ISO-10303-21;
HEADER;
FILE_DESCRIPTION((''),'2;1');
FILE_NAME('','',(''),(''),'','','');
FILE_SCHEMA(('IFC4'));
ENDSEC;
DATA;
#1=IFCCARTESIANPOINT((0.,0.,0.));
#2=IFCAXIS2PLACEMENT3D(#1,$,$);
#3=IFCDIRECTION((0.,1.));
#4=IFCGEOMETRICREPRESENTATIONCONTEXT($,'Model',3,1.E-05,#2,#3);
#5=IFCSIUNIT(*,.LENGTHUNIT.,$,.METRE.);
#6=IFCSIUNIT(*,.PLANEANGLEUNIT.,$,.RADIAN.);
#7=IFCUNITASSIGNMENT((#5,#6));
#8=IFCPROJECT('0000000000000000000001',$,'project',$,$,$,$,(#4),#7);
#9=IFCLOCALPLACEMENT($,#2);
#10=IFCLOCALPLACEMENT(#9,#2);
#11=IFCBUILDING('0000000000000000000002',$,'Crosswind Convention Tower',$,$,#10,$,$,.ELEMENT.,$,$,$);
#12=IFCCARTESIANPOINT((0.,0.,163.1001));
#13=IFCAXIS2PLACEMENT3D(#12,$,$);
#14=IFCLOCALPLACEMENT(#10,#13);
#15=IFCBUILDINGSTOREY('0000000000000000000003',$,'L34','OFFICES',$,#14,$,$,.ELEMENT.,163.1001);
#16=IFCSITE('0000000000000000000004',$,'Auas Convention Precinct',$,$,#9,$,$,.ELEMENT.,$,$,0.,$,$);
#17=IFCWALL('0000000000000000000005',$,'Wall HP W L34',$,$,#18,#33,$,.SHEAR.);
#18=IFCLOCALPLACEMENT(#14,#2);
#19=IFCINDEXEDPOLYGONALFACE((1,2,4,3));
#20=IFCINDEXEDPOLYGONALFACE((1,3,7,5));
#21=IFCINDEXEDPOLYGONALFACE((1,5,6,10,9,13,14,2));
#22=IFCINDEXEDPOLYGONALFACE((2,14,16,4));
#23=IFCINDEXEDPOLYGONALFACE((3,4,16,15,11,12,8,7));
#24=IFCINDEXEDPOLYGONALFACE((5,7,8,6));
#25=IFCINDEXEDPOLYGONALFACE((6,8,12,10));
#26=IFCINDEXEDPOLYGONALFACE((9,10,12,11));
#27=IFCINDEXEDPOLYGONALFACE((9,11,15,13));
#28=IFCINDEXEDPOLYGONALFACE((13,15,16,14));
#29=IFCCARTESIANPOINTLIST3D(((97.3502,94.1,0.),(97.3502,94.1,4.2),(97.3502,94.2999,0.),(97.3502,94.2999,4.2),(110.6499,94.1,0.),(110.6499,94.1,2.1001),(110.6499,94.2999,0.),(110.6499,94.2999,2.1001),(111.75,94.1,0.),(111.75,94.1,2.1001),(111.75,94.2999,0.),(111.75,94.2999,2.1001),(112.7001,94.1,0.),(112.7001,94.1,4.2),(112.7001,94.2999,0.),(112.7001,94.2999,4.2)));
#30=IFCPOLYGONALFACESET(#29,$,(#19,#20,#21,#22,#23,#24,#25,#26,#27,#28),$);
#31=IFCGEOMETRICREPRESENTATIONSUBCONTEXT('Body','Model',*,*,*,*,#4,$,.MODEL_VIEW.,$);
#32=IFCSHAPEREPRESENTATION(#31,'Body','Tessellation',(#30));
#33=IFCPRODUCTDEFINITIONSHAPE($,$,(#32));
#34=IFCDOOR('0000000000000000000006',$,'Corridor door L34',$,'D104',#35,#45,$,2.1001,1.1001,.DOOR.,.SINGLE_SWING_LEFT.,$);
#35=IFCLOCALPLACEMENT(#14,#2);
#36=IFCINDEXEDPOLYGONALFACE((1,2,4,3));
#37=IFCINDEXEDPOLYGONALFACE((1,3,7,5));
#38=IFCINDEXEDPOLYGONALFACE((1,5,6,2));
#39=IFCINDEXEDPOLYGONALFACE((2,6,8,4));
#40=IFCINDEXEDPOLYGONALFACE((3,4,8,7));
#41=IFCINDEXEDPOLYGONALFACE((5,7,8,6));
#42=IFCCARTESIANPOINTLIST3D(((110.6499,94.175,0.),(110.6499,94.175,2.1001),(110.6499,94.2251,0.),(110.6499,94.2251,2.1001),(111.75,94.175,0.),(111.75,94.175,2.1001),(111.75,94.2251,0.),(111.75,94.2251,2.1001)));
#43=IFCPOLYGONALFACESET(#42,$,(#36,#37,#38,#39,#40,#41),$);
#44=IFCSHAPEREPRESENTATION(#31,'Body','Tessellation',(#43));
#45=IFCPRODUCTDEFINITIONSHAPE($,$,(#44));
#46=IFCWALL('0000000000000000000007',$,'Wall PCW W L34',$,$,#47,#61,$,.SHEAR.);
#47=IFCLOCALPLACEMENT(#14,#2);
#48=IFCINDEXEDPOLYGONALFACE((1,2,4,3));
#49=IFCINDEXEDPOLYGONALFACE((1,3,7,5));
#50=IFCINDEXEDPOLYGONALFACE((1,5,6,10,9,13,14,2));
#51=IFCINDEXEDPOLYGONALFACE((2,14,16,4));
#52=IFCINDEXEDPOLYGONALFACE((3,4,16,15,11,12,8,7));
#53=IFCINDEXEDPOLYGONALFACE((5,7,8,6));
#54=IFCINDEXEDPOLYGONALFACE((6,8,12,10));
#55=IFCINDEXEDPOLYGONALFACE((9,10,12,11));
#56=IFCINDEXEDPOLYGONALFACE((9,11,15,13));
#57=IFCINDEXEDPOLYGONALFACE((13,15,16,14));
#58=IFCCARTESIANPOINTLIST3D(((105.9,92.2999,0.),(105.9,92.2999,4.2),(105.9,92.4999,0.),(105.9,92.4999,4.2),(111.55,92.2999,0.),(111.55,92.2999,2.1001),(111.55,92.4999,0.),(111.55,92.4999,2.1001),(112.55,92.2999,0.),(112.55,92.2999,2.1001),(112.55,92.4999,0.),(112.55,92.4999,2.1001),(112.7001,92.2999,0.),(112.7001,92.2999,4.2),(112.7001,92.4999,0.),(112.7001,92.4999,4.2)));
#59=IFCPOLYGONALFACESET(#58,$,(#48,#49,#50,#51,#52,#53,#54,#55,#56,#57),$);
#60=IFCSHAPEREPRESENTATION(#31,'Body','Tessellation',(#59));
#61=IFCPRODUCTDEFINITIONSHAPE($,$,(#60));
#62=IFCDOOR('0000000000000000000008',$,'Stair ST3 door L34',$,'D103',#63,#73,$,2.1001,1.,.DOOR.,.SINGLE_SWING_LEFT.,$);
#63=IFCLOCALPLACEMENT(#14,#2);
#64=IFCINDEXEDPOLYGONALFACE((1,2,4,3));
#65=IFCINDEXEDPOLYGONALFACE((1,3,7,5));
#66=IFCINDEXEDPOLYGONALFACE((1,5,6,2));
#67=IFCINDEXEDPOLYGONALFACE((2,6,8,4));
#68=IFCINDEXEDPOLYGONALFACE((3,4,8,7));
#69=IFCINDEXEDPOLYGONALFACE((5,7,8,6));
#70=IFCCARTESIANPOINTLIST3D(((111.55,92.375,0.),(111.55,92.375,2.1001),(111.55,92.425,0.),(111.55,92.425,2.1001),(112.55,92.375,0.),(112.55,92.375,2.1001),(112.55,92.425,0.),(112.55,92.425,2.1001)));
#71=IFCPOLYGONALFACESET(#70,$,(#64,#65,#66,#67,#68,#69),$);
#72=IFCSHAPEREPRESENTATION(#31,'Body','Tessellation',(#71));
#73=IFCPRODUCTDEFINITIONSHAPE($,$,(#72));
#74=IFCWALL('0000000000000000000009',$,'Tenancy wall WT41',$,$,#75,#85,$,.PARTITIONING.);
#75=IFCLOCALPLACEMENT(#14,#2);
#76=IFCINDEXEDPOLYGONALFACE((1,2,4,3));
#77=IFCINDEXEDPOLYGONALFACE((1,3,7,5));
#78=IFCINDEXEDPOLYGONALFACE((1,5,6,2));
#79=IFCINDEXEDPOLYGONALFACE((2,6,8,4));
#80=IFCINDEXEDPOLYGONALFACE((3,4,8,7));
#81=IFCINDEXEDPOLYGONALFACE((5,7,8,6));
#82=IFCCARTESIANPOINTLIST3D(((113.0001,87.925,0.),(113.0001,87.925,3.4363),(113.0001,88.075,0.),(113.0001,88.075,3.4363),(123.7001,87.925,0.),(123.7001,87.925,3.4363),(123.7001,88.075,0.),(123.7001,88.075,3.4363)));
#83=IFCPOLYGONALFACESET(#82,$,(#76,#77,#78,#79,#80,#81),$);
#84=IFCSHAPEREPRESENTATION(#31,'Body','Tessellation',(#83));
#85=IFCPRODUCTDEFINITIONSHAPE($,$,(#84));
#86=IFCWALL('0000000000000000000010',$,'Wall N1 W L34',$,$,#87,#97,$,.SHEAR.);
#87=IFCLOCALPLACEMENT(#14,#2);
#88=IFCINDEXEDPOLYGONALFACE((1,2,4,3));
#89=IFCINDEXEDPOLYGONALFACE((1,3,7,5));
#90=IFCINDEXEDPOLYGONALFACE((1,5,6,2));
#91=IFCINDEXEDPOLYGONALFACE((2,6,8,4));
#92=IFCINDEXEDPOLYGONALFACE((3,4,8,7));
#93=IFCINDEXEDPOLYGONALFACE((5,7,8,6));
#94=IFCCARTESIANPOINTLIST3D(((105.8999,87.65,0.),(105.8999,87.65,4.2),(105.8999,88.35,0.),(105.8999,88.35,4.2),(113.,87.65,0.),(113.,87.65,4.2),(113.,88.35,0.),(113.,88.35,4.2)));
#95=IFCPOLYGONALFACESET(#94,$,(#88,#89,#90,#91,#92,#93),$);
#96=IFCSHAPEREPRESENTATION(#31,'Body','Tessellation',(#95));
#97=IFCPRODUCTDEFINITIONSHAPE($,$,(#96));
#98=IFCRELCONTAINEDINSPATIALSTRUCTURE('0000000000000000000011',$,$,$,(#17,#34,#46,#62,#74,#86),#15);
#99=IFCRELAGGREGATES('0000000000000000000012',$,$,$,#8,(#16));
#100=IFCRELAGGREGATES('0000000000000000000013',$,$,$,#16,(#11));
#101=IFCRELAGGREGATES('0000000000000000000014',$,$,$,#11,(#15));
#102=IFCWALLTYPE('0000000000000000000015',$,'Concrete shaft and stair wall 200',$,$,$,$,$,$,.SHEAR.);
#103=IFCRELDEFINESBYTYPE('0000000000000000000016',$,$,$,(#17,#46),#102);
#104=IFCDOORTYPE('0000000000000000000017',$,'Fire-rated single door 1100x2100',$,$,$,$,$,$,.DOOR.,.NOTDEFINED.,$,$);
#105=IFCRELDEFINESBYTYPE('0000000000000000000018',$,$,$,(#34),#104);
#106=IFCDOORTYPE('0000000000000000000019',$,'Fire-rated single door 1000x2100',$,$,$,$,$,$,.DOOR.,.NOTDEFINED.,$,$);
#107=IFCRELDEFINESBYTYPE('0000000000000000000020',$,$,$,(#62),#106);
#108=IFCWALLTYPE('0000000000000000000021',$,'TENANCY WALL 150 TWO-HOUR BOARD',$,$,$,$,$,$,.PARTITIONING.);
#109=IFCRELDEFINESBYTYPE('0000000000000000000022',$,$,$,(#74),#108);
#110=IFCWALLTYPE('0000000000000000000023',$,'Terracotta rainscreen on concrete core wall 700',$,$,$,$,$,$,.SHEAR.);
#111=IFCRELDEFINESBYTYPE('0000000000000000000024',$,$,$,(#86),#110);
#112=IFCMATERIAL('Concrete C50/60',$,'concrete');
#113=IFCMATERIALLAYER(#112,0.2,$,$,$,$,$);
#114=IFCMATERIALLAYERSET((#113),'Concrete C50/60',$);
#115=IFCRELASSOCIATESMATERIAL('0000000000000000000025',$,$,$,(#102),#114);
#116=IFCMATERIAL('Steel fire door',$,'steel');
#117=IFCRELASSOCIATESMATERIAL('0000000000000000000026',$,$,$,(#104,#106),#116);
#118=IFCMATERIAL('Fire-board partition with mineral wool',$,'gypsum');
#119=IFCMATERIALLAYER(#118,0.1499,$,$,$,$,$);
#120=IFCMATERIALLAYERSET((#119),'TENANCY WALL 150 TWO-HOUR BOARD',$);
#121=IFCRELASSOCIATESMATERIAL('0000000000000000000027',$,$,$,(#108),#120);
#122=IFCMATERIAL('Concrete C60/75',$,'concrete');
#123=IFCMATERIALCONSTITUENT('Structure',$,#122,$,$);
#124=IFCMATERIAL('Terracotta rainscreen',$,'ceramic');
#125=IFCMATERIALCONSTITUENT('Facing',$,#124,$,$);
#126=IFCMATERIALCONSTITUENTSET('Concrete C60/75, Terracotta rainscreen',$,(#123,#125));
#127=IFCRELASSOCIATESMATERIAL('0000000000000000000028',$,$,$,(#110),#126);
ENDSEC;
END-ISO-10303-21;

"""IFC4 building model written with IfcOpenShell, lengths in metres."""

from ifc_helpers import new_model, si_unit, direction, frame, frame_2d, origin, place, context, subcontext, project, spatial, rectangle, extrude, material, layer, layer_set, constituent, constituent_set, type_object, element, fill, save


model = new_model("IFC4")

# Units and contexts
model_context = context("Model", 3, precision=1e-05, world=origin(), true_north=direction((0.0, 1.0)))
body_context = subcontext(model_context, "Body", "Model", "MODEL_VIEW")
ifc_project = project(units=[si_unit("LENGTHUNIT", "METRE"), si_unit("PLANEANGLEUNIT", "RADIAN")], contexts=[model_context])

# Site, building, storey
site_placement = place(None, origin())
site = spatial("IfcSite", under=ifc_project, at=site_placement, Name="Auas Convention Precinct", CompositionType="ELEMENT", RefElevation=0.0)
building_placement = place(site_placement, origin())
building = spatial("IfcBuilding", under=site, at=building_placement, Name="Crosswind Convention Tower", CompositionType="ELEMENT")
storey_placement = place(building_placement, frame((0.0, 0.0, 163.1001)))
storey = spatial("IfcBuildingStorey", under=building, at=storey_placement, Name="L34", Description="OFFICES", CompositionType="ELEMENT", Elevation=163.1001)

# Shared definitions
ifc_material_1 = material(Name="Concrete C50/60", Category="concrete")

# Walls, openings, doors
ifc_layer_1 = layer(ifc_material_1, 0.2)
ifc_layer_set_1 = layer_set([ifc_layer_1], Name="Concrete C50/60")
wall_type_1 = type_object("IfcWallType", Name="Concrete shaft and stair wall 200", PredefinedType="SHEAR", material=ifc_layer_set_1)
wall_1_placement = place(storey_placement, frame((112.7, 94.2, 0.0), z_axis=(0.0, 0.0, 1.0), x_axis=(-1.0, 0.0, 0.0)))
wall_1 = element("IfcWall", 1, at=wall_1_placement, inside=storey, type_object=wall_type_1, Name="Wall HP W L34", PredefinedType="SHEAR", context=body_context, shape_type="SweptSolid", body=[
    extrude(rectangle(XDim=15.3499, YDim=0.2, at=frame_2d((7.6748, 0.0))), origin(), (0.0, 0.0, 1.0), 4.2),
])
opening_1_placement = place(wall_1_placement, frame((0.95, 0.0, 0.0)))
opening_1 = element("IfcOpeningElement", 2, at=opening_1_placement, cuts=wall_1, PredefinedType="OPENING", context=body_context, shape_type="SweptSolid", body=[
    extrude(rectangle(XDim=1.1001, YDim=2.1001, at=frame_2d((0.55, 1.05))), frame((0.0, 0.1099, 0.0), z_axis=(0.0, -1.0, 0.0), x_axis=(1.0, 0.0, 0.0)), (0.0, 0.0, 1.0), 0.22),
])
ifc_material_2 = material(Name="Steel fire door", Category="steel")
door_type_1 = type_object("IfcDoorType", Name="Fire-rated single door 1100x2100", OperationType="NOTDEFINED", PredefinedType="DOOR", material=ifc_material_2)
door_1_placement = place(opening_1_placement, origin())
door_1 = element("IfcDoor", 3, at=door_1_placement, inside=storey, type_object=door_type_1, Name="Corridor door L34", ObjectType="D104", OperationType="SINGLE_SWING_LEFT", OverallHeight=2.1001, OverallWidth=1.1001, PredefinedType="DOOR", context=body_context, shape_type="SweptSolid", body=[
    extrude(rectangle(XDim=1.1001, YDim=2.1001, at=frame_2d((0.55, 1.05))), frame((0.0, 0.0249, 0.0), z_axis=(0.0, -1.0, 0.0), x_axis=(1.0, 0.0, 0.0)), (0.0, 0.0, 1.0), 0.05),
])
fill(opening_1, door_1)
wall_2_placement = place(storey_placement, frame((112.7, 92.3999, 0.0), z_axis=(0.0, 0.0, 1.0), x_axis=(-1.0, 0.0, 0.0)))
wall_2 = element("IfcWall", 4, at=wall_2_placement, inside=storey, type_object=wall_type_1, Name="Wall PCW W L34", PredefinedType="SHEAR", context=body_context, shape_type="SweptSolid", body=[
    extrude(rectangle(XDim=6.8, YDim=0.2, at=frame_2d((3.3999, 0.0))), origin(), (0.0, 0.0, 1.0), 4.2),
])
opening_2_placement = place(wall_2_placement, frame((0.1499, 0.0, 0.0)))
opening_2 = element("IfcOpeningElement", 5, at=opening_2_placement, cuts=wall_2, PredefinedType="OPENING", context=body_context, shape_type="SweptSolid", body=[
    extrude(rectangle(XDim=1.0, YDim=2.1001, at=frame_2d((0.5, 1.05))), frame((0.0, 0.1099, 0.0), z_axis=(0.0, -1.0, 0.0), x_axis=(1.0, 0.0, 0.0)), (0.0, 0.0, 1.0), 0.22),
])
door_type_2 = type_object("IfcDoorType", Name="Fire-rated single door 1000x2100", OperationType="NOTDEFINED", PredefinedType="DOOR", material=ifc_material_2)
door_2_placement = place(opening_2_placement, origin())
door_2 = element("IfcDoor", 6, at=door_2_placement, inside=storey, type_object=door_type_2, Name="Stair ST3 door L34", ObjectType="D103", OperationType="SINGLE_SWING_LEFT", OverallHeight=2.1001, OverallWidth=1.0, PredefinedType="DOOR", context=body_context, shape_type="SweptSolid", body=[
    extrude(rectangle(XDim=1.0, YDim=2.1001, at=frame_2d((0.5, 1.05))), frame((0.0, 0.0249, 0.0), z_axis=(0.0, -1.0, 0.0), x_axis=(1.0, 0.0, 0.0)), (0.0, 0.0, 1.0), 0.05),
])
fill(opening_2, door_2)

# Walls
ifc_material_3 = material(Name="Fire-board partition with mineral wool", Category="gypsum")
ifc_layer_2 = layer(ifc_material_3, 0.1499)
ifc_layer_set_2 = layer_set([ifc_layer_2], Name="TENANCY WALL 150 TWO-HOUR BOARD")
wall_type_2 = type_object("IfcWallType", Name="TENANCY WALL 150 TWO-HOUR BOARD", PredefinedType="PARTITIONING", material=ifc_layer_set_2)
wall_3_placement = place(storey_placement, frame((113.0, 88.0, 0.0), z_axis=(0.0, 0.0, 1.0), x_axis=(1.0, 0.0, 0.0)))
element("IfcWall", 7, at=wall_3_placement, inside=storey, type_object=wall_type_2, Name="Tenancy wall WT41", PredefinedType="PARTITIONING", context=body_context, shape_type="SweptSolid", body=[
    extrude(rectangle(XDim=10.7, YDim=0.1499, at=frame_2d((5.3501, 0.0))), origin(), (0.0, 0.0, 1.0), 3.4363),
])
ifc_material_4 = material(Name="Concrete C60/75", Category="concrete")
ifc_constituent_1 = constituent(ifc_material_4, Name="Structure")
ifc_material_5 = material(Name="Terracotta rainscreen", Category="ceramic")
ifc_constituent_2 = constituent(ifc_material_5, Name="Facing")
ifc_constituent_set = constituent_set(constituents=[ifc_constituent_1, ifc_constituent_2], Name="Concrete C60/75, Terracotta rainscreen")
wall_type_3 = type_object("IfcWallType", Name="Terracotta rainscreen on concrete core wall 700", PredefinedType="SHEAR", material=ifc_constituent_set)
wall_4_placement = place(storey_placement, frame((113.0, 88.0, 0.0), z_axis=(0.0, 0.0, 1.0), x_axis=(-1.0, 0.0, 0.0)))
element("IfcWall", 8, at=wall_4_placement, inside=storey, type_object=wall_type_3, Name="Wall N1 W L34", PredefinedType="SHEAR", context=body_context, shape_type="SweptSolid", body=[
    extrude(rectangle(XDim=7.1001, YDim=0.7, at=frame_2d((3.55, 0.0))), origin(), (0.0, 0.0, 1.0), 4.2),
])

save(model, "model.ifc")
